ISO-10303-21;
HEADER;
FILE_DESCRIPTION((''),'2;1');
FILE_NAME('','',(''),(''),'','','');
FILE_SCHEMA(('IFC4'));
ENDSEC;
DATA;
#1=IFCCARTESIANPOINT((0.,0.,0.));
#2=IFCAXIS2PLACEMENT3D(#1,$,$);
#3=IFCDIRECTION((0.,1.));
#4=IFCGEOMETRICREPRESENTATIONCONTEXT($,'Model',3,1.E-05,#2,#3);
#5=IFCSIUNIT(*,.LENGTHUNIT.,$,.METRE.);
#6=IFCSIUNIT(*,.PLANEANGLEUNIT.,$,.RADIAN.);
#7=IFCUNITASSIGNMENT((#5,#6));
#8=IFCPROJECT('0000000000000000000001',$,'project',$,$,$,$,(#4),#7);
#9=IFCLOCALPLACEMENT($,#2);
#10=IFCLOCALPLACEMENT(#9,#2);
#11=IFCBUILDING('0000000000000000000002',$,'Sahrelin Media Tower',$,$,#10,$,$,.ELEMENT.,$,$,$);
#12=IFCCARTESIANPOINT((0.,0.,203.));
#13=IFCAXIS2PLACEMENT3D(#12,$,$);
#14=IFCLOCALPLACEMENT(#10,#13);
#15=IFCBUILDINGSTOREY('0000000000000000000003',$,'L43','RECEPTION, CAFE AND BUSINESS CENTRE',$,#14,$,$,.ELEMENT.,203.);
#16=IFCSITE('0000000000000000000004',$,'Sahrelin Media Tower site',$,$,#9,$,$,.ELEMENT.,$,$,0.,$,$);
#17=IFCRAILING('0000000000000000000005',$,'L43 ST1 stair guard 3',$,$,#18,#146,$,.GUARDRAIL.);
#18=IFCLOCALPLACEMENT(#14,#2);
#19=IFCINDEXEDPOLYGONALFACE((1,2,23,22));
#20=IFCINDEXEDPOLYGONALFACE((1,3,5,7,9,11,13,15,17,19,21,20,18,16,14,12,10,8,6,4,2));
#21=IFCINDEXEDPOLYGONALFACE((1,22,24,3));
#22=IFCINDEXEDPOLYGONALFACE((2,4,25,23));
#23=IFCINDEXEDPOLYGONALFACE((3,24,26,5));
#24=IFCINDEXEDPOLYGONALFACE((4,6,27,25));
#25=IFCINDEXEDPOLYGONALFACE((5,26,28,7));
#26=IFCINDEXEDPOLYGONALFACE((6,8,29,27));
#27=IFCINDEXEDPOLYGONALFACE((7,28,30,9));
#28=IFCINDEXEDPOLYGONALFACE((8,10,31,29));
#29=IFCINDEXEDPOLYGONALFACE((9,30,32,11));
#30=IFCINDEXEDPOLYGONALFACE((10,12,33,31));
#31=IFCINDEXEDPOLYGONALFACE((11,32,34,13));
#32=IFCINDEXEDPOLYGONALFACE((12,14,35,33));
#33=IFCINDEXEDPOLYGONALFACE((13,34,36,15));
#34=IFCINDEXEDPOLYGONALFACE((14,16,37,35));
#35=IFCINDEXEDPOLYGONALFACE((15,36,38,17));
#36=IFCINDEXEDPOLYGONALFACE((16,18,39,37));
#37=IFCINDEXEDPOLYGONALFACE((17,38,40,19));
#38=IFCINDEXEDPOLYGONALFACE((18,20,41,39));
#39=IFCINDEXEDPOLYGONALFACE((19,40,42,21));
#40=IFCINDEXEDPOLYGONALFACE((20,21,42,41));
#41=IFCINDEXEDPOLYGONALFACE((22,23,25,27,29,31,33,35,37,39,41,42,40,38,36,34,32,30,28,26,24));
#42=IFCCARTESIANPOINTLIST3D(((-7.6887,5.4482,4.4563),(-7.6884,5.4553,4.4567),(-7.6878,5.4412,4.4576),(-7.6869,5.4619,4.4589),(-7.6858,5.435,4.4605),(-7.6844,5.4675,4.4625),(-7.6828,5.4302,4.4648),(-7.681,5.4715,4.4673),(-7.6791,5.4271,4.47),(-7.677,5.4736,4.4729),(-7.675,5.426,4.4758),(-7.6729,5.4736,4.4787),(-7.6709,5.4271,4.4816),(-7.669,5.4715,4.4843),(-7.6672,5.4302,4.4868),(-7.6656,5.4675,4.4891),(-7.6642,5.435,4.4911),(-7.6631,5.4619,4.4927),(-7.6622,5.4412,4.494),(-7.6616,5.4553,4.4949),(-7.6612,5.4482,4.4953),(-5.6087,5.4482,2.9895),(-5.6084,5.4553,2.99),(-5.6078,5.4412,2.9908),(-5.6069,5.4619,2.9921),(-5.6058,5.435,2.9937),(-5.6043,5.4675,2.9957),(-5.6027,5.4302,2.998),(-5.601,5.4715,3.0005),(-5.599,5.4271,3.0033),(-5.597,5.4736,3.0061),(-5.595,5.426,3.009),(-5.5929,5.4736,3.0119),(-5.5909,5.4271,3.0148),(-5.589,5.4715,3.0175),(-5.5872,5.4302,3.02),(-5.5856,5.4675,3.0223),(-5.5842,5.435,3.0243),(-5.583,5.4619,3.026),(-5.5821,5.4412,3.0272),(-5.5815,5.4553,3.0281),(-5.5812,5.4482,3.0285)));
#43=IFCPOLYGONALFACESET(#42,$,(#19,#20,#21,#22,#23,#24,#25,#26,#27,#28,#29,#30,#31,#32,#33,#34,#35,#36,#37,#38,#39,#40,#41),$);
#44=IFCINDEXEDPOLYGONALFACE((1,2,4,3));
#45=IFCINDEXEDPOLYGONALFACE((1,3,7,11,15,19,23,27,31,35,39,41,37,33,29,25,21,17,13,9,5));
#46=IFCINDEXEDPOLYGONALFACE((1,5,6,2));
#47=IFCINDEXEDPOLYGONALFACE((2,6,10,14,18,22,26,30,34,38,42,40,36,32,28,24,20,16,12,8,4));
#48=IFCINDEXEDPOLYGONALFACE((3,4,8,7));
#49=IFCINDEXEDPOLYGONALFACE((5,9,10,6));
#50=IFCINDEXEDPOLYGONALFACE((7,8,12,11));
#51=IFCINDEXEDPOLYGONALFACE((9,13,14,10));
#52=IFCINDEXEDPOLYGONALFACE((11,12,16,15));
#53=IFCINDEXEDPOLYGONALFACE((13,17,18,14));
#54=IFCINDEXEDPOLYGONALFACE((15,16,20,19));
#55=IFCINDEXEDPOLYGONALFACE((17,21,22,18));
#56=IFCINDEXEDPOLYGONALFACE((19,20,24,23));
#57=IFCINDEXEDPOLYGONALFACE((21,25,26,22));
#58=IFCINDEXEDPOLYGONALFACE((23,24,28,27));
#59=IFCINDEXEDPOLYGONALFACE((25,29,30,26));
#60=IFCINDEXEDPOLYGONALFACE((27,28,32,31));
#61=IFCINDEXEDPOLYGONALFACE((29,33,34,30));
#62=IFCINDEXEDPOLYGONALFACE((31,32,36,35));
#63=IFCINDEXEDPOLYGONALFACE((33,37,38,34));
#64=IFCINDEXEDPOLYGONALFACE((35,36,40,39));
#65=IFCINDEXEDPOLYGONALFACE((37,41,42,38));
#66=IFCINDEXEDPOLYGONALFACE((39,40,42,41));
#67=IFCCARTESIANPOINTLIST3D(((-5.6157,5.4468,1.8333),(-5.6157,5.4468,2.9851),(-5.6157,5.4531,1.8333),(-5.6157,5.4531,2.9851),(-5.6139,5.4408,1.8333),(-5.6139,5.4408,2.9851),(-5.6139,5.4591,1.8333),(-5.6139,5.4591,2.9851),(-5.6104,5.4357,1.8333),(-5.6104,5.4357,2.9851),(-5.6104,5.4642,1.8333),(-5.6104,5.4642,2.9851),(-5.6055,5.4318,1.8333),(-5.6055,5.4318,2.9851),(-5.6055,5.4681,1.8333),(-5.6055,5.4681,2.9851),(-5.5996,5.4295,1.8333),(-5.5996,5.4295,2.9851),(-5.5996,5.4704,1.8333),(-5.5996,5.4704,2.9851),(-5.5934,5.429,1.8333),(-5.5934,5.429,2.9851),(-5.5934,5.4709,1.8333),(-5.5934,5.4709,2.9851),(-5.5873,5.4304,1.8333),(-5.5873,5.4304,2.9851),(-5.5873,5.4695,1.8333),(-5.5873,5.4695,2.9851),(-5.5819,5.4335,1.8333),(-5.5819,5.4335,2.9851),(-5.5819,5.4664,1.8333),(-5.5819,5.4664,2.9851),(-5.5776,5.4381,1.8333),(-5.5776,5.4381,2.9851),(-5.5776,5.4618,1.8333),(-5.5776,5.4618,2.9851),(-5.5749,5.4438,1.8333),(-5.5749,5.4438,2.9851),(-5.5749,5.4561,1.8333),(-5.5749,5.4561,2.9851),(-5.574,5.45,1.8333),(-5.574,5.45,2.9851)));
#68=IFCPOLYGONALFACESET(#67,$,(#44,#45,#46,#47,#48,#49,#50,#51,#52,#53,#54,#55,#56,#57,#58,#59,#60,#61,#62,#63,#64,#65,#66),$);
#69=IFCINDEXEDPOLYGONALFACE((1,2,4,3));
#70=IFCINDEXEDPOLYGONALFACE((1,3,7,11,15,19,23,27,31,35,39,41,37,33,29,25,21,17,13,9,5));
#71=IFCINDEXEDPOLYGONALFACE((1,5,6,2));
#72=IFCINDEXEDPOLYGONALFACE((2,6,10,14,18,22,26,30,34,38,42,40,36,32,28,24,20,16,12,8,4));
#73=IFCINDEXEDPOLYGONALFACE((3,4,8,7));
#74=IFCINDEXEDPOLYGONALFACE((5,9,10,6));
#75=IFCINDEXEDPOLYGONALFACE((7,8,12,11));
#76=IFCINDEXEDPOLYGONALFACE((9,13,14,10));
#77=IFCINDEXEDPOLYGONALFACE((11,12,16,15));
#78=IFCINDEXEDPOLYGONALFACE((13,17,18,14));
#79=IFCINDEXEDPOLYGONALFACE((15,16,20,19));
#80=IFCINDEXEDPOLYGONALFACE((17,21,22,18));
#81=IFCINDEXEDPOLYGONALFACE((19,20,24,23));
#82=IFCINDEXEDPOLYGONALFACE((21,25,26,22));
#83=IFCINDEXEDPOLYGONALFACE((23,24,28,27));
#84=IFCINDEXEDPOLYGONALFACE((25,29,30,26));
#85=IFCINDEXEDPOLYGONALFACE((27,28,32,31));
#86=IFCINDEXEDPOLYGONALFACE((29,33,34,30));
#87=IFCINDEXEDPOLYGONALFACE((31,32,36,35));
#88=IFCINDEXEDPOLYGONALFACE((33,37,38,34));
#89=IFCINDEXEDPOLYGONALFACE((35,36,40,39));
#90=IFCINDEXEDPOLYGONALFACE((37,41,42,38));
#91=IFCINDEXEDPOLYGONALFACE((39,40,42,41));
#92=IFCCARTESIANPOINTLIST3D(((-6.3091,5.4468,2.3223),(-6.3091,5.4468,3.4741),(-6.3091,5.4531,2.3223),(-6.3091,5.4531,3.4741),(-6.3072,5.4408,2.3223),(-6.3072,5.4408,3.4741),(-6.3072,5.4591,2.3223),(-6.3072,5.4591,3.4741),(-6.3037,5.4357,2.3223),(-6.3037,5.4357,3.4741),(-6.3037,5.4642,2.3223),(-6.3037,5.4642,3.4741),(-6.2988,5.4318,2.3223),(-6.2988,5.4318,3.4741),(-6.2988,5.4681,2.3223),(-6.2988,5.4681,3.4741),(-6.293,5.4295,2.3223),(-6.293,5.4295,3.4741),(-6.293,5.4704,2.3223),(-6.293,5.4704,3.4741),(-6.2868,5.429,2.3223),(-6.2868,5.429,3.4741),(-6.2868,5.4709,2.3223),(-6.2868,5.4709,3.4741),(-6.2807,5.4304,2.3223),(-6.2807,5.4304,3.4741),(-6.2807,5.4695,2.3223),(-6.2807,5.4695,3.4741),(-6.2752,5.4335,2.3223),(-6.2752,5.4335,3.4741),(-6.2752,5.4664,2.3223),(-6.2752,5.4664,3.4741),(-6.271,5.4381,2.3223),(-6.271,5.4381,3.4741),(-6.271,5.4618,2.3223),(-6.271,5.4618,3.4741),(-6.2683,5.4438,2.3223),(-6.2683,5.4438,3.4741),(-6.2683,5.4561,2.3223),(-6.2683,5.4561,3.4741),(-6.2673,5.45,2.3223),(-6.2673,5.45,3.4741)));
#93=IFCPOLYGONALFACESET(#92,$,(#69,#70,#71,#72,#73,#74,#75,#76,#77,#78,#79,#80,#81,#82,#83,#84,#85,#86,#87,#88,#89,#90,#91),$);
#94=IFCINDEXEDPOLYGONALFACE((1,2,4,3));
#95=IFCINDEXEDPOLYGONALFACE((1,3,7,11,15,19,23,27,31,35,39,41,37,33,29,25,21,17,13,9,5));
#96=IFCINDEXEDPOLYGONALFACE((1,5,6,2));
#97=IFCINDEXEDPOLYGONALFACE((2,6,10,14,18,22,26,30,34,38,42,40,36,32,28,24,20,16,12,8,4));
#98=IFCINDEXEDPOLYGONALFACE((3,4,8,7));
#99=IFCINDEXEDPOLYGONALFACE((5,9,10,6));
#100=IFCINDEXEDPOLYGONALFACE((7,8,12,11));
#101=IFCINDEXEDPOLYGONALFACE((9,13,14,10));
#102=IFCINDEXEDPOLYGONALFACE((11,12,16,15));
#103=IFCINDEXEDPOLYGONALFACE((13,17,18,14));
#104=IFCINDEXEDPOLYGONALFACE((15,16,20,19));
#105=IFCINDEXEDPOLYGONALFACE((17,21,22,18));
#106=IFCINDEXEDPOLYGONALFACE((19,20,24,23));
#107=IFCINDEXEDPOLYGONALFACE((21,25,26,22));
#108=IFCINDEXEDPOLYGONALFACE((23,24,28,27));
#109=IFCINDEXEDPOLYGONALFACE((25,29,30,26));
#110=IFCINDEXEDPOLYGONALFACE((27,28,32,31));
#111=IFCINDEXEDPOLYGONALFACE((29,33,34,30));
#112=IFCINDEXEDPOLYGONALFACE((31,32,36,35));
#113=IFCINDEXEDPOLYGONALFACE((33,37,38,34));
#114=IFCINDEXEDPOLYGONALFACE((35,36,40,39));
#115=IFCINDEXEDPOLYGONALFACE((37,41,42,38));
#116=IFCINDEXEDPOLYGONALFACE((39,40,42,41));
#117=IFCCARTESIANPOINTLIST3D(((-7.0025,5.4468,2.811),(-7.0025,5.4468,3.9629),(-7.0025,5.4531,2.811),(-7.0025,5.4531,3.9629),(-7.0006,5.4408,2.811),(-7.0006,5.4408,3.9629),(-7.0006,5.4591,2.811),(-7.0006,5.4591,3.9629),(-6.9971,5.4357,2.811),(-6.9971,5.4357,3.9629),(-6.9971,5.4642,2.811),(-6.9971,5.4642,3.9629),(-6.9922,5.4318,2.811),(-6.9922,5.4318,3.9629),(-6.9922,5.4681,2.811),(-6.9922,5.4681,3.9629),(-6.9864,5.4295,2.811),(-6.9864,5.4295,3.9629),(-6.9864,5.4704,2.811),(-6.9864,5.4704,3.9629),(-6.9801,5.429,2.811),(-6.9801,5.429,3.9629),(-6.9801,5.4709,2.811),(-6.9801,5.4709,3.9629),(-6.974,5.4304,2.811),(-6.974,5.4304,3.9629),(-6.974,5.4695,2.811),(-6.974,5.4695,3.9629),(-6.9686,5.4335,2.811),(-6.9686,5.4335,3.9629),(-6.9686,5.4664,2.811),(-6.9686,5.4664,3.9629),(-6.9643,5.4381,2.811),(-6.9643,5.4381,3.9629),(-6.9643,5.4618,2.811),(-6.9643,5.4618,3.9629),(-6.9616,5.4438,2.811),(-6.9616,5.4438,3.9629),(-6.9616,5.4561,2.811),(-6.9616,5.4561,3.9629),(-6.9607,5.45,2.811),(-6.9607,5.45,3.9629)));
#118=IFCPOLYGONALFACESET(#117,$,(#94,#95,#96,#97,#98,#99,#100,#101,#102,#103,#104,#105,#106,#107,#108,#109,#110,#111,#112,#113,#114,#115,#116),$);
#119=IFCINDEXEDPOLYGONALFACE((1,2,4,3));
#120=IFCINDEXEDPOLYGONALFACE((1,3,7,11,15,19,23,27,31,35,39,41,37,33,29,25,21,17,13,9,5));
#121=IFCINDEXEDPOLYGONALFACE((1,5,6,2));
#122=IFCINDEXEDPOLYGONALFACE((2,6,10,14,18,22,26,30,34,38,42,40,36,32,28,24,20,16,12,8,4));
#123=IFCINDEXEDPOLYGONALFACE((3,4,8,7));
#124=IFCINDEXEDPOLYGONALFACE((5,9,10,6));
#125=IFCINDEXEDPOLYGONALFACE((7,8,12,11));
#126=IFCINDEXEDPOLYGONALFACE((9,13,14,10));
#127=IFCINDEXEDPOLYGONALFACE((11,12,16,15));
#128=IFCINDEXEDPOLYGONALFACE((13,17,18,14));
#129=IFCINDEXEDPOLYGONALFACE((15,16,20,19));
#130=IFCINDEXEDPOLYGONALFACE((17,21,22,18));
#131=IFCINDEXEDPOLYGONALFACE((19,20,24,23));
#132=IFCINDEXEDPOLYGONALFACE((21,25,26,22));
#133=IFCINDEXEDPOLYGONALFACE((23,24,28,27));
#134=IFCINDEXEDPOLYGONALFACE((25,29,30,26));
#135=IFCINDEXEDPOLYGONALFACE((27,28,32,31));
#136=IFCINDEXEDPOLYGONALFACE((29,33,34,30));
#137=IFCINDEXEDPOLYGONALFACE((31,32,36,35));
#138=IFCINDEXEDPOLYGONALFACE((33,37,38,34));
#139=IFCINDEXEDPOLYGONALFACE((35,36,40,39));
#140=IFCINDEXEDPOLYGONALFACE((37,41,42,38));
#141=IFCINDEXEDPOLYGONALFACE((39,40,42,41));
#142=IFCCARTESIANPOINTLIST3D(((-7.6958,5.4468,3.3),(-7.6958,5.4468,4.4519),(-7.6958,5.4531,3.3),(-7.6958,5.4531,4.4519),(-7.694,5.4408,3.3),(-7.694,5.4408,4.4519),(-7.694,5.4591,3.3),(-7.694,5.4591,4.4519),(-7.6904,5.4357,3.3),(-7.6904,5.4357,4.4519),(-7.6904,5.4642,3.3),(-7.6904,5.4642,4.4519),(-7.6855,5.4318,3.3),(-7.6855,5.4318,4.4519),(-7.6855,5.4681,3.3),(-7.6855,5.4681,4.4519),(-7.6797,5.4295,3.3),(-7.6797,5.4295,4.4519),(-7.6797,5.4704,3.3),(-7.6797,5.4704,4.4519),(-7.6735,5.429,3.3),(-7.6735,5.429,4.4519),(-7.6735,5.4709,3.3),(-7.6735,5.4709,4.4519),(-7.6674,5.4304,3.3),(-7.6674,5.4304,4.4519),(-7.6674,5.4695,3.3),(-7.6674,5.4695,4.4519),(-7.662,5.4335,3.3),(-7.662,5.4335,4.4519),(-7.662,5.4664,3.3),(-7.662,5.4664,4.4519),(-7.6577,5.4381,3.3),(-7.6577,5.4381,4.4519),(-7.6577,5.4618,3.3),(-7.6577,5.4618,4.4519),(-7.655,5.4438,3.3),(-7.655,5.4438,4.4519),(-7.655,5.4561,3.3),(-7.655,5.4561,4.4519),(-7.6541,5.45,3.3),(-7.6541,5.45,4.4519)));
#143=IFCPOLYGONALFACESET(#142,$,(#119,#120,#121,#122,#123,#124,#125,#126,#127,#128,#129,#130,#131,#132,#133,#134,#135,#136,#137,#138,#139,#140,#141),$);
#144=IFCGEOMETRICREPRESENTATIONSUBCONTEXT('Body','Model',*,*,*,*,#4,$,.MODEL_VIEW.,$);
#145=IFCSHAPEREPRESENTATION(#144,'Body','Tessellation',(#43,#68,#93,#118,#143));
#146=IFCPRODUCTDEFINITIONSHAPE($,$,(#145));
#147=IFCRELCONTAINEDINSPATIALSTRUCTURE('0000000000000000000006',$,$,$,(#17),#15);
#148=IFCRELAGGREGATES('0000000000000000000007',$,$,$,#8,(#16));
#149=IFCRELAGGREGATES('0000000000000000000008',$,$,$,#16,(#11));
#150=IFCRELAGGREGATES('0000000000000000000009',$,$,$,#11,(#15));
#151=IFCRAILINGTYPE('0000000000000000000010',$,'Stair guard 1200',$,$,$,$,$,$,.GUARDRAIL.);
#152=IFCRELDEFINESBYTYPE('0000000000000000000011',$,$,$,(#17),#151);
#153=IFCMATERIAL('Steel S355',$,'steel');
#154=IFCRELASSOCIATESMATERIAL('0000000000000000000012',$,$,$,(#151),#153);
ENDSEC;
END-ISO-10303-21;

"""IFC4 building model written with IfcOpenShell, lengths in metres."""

from ifc_helpers import new_model, si_unit, direction, frame, origin, origin_2d, place, context, subcontext, project, spatial, circle, extrude, material, type_object, element, save


model = new_model("IFC4")

# Units and contexts
model_context = context("Model", 3, precision=1e-05, world=origin(), true_north=direction((0.0, 1.0)))
body_context = subcontext(model_context, "Body", "Model", "MODEL_VIEW")
ifc_project = project(units=[si_unit("LENGTHUNIT", "METRE"), si_unit("PLANEANGLEUNIT", "RADIAN")], contexts=[model_context])

# Site, building, storey
site_placement = place(None, origin())
site = spatial("IfcSite", under=ifc_project, at=site_placement, Name="Sahrelin Media Tower site", CompositionType="ELEMENT", RefElevation=0.0)
building_placement = place(site_placement, origin())
building = spatial("IfcBuilding", under=site, at=building_placement, Name="Sahrelin Media Tower", CompositionType="ELEMENT")
storey_placement = place(building_placement, frame((0.0, 0.0, 203.0)))
storey = spatial("IfcBuildingStorey", under=building, at=storey_placement, Name="L43", Description="RECEPTION, CAFE AND BUSINESS CENTRE", CompositionType="ELEMENT", Elevation=203.0)

# Railing
ifc_material_1 = material(Name="Steel S355", Category="steel")
railing_type_1 = type_object("IfcRailingType", Name="Stair guard 1200", PredefinedType="GUARDRAIL", material=ifc_material_1)
railing_1_placement = place(storey_placement, frame((-5.595, 5.45, 1.8333)))
element("IfcRailing", 1, at=railing_1_placement, inside=storey, type_object=railing_type_1, Name="L43 ST1 stair guard 3", PredefinedType="GUARDRAIL", context=body_context, shape_type="SweptSolid", body=[
    extrude(circle(Radius=0.0239, at=origin_2d()), frame((0.0, 0.0, 1.1758), z_axis=(-0.817244, 0.0, 0.576291), x_axis=(0.0, -1.0, 0.0)), (0.0, 0.0, 1.0), 2.5452),
    extrude(circle(Radius=0.021, at=origin_2d()), origin(), (0.0, 0.0, 1.0), 1.1519),
    extrude(circle(Radius=0.021, at=origin_2d()), frame((-0.6934, 0.0, 0.489)), (0.0, 0.0, 1.0), 1.1519),
    extrude(circle(Radius=0.021, at=origin_2d()), frame((-1.3867, 0.0, 0.9778)), (0.0, 0.0, 1.0), 1.1519),
    extrude(circle(Radius=0.021, at=origin_2d()), frame((-2.0801, 0.0, 1.4668)), (0.0, 0.0, 1.0), 1.1519),
])

save(model, "model.ifc")
